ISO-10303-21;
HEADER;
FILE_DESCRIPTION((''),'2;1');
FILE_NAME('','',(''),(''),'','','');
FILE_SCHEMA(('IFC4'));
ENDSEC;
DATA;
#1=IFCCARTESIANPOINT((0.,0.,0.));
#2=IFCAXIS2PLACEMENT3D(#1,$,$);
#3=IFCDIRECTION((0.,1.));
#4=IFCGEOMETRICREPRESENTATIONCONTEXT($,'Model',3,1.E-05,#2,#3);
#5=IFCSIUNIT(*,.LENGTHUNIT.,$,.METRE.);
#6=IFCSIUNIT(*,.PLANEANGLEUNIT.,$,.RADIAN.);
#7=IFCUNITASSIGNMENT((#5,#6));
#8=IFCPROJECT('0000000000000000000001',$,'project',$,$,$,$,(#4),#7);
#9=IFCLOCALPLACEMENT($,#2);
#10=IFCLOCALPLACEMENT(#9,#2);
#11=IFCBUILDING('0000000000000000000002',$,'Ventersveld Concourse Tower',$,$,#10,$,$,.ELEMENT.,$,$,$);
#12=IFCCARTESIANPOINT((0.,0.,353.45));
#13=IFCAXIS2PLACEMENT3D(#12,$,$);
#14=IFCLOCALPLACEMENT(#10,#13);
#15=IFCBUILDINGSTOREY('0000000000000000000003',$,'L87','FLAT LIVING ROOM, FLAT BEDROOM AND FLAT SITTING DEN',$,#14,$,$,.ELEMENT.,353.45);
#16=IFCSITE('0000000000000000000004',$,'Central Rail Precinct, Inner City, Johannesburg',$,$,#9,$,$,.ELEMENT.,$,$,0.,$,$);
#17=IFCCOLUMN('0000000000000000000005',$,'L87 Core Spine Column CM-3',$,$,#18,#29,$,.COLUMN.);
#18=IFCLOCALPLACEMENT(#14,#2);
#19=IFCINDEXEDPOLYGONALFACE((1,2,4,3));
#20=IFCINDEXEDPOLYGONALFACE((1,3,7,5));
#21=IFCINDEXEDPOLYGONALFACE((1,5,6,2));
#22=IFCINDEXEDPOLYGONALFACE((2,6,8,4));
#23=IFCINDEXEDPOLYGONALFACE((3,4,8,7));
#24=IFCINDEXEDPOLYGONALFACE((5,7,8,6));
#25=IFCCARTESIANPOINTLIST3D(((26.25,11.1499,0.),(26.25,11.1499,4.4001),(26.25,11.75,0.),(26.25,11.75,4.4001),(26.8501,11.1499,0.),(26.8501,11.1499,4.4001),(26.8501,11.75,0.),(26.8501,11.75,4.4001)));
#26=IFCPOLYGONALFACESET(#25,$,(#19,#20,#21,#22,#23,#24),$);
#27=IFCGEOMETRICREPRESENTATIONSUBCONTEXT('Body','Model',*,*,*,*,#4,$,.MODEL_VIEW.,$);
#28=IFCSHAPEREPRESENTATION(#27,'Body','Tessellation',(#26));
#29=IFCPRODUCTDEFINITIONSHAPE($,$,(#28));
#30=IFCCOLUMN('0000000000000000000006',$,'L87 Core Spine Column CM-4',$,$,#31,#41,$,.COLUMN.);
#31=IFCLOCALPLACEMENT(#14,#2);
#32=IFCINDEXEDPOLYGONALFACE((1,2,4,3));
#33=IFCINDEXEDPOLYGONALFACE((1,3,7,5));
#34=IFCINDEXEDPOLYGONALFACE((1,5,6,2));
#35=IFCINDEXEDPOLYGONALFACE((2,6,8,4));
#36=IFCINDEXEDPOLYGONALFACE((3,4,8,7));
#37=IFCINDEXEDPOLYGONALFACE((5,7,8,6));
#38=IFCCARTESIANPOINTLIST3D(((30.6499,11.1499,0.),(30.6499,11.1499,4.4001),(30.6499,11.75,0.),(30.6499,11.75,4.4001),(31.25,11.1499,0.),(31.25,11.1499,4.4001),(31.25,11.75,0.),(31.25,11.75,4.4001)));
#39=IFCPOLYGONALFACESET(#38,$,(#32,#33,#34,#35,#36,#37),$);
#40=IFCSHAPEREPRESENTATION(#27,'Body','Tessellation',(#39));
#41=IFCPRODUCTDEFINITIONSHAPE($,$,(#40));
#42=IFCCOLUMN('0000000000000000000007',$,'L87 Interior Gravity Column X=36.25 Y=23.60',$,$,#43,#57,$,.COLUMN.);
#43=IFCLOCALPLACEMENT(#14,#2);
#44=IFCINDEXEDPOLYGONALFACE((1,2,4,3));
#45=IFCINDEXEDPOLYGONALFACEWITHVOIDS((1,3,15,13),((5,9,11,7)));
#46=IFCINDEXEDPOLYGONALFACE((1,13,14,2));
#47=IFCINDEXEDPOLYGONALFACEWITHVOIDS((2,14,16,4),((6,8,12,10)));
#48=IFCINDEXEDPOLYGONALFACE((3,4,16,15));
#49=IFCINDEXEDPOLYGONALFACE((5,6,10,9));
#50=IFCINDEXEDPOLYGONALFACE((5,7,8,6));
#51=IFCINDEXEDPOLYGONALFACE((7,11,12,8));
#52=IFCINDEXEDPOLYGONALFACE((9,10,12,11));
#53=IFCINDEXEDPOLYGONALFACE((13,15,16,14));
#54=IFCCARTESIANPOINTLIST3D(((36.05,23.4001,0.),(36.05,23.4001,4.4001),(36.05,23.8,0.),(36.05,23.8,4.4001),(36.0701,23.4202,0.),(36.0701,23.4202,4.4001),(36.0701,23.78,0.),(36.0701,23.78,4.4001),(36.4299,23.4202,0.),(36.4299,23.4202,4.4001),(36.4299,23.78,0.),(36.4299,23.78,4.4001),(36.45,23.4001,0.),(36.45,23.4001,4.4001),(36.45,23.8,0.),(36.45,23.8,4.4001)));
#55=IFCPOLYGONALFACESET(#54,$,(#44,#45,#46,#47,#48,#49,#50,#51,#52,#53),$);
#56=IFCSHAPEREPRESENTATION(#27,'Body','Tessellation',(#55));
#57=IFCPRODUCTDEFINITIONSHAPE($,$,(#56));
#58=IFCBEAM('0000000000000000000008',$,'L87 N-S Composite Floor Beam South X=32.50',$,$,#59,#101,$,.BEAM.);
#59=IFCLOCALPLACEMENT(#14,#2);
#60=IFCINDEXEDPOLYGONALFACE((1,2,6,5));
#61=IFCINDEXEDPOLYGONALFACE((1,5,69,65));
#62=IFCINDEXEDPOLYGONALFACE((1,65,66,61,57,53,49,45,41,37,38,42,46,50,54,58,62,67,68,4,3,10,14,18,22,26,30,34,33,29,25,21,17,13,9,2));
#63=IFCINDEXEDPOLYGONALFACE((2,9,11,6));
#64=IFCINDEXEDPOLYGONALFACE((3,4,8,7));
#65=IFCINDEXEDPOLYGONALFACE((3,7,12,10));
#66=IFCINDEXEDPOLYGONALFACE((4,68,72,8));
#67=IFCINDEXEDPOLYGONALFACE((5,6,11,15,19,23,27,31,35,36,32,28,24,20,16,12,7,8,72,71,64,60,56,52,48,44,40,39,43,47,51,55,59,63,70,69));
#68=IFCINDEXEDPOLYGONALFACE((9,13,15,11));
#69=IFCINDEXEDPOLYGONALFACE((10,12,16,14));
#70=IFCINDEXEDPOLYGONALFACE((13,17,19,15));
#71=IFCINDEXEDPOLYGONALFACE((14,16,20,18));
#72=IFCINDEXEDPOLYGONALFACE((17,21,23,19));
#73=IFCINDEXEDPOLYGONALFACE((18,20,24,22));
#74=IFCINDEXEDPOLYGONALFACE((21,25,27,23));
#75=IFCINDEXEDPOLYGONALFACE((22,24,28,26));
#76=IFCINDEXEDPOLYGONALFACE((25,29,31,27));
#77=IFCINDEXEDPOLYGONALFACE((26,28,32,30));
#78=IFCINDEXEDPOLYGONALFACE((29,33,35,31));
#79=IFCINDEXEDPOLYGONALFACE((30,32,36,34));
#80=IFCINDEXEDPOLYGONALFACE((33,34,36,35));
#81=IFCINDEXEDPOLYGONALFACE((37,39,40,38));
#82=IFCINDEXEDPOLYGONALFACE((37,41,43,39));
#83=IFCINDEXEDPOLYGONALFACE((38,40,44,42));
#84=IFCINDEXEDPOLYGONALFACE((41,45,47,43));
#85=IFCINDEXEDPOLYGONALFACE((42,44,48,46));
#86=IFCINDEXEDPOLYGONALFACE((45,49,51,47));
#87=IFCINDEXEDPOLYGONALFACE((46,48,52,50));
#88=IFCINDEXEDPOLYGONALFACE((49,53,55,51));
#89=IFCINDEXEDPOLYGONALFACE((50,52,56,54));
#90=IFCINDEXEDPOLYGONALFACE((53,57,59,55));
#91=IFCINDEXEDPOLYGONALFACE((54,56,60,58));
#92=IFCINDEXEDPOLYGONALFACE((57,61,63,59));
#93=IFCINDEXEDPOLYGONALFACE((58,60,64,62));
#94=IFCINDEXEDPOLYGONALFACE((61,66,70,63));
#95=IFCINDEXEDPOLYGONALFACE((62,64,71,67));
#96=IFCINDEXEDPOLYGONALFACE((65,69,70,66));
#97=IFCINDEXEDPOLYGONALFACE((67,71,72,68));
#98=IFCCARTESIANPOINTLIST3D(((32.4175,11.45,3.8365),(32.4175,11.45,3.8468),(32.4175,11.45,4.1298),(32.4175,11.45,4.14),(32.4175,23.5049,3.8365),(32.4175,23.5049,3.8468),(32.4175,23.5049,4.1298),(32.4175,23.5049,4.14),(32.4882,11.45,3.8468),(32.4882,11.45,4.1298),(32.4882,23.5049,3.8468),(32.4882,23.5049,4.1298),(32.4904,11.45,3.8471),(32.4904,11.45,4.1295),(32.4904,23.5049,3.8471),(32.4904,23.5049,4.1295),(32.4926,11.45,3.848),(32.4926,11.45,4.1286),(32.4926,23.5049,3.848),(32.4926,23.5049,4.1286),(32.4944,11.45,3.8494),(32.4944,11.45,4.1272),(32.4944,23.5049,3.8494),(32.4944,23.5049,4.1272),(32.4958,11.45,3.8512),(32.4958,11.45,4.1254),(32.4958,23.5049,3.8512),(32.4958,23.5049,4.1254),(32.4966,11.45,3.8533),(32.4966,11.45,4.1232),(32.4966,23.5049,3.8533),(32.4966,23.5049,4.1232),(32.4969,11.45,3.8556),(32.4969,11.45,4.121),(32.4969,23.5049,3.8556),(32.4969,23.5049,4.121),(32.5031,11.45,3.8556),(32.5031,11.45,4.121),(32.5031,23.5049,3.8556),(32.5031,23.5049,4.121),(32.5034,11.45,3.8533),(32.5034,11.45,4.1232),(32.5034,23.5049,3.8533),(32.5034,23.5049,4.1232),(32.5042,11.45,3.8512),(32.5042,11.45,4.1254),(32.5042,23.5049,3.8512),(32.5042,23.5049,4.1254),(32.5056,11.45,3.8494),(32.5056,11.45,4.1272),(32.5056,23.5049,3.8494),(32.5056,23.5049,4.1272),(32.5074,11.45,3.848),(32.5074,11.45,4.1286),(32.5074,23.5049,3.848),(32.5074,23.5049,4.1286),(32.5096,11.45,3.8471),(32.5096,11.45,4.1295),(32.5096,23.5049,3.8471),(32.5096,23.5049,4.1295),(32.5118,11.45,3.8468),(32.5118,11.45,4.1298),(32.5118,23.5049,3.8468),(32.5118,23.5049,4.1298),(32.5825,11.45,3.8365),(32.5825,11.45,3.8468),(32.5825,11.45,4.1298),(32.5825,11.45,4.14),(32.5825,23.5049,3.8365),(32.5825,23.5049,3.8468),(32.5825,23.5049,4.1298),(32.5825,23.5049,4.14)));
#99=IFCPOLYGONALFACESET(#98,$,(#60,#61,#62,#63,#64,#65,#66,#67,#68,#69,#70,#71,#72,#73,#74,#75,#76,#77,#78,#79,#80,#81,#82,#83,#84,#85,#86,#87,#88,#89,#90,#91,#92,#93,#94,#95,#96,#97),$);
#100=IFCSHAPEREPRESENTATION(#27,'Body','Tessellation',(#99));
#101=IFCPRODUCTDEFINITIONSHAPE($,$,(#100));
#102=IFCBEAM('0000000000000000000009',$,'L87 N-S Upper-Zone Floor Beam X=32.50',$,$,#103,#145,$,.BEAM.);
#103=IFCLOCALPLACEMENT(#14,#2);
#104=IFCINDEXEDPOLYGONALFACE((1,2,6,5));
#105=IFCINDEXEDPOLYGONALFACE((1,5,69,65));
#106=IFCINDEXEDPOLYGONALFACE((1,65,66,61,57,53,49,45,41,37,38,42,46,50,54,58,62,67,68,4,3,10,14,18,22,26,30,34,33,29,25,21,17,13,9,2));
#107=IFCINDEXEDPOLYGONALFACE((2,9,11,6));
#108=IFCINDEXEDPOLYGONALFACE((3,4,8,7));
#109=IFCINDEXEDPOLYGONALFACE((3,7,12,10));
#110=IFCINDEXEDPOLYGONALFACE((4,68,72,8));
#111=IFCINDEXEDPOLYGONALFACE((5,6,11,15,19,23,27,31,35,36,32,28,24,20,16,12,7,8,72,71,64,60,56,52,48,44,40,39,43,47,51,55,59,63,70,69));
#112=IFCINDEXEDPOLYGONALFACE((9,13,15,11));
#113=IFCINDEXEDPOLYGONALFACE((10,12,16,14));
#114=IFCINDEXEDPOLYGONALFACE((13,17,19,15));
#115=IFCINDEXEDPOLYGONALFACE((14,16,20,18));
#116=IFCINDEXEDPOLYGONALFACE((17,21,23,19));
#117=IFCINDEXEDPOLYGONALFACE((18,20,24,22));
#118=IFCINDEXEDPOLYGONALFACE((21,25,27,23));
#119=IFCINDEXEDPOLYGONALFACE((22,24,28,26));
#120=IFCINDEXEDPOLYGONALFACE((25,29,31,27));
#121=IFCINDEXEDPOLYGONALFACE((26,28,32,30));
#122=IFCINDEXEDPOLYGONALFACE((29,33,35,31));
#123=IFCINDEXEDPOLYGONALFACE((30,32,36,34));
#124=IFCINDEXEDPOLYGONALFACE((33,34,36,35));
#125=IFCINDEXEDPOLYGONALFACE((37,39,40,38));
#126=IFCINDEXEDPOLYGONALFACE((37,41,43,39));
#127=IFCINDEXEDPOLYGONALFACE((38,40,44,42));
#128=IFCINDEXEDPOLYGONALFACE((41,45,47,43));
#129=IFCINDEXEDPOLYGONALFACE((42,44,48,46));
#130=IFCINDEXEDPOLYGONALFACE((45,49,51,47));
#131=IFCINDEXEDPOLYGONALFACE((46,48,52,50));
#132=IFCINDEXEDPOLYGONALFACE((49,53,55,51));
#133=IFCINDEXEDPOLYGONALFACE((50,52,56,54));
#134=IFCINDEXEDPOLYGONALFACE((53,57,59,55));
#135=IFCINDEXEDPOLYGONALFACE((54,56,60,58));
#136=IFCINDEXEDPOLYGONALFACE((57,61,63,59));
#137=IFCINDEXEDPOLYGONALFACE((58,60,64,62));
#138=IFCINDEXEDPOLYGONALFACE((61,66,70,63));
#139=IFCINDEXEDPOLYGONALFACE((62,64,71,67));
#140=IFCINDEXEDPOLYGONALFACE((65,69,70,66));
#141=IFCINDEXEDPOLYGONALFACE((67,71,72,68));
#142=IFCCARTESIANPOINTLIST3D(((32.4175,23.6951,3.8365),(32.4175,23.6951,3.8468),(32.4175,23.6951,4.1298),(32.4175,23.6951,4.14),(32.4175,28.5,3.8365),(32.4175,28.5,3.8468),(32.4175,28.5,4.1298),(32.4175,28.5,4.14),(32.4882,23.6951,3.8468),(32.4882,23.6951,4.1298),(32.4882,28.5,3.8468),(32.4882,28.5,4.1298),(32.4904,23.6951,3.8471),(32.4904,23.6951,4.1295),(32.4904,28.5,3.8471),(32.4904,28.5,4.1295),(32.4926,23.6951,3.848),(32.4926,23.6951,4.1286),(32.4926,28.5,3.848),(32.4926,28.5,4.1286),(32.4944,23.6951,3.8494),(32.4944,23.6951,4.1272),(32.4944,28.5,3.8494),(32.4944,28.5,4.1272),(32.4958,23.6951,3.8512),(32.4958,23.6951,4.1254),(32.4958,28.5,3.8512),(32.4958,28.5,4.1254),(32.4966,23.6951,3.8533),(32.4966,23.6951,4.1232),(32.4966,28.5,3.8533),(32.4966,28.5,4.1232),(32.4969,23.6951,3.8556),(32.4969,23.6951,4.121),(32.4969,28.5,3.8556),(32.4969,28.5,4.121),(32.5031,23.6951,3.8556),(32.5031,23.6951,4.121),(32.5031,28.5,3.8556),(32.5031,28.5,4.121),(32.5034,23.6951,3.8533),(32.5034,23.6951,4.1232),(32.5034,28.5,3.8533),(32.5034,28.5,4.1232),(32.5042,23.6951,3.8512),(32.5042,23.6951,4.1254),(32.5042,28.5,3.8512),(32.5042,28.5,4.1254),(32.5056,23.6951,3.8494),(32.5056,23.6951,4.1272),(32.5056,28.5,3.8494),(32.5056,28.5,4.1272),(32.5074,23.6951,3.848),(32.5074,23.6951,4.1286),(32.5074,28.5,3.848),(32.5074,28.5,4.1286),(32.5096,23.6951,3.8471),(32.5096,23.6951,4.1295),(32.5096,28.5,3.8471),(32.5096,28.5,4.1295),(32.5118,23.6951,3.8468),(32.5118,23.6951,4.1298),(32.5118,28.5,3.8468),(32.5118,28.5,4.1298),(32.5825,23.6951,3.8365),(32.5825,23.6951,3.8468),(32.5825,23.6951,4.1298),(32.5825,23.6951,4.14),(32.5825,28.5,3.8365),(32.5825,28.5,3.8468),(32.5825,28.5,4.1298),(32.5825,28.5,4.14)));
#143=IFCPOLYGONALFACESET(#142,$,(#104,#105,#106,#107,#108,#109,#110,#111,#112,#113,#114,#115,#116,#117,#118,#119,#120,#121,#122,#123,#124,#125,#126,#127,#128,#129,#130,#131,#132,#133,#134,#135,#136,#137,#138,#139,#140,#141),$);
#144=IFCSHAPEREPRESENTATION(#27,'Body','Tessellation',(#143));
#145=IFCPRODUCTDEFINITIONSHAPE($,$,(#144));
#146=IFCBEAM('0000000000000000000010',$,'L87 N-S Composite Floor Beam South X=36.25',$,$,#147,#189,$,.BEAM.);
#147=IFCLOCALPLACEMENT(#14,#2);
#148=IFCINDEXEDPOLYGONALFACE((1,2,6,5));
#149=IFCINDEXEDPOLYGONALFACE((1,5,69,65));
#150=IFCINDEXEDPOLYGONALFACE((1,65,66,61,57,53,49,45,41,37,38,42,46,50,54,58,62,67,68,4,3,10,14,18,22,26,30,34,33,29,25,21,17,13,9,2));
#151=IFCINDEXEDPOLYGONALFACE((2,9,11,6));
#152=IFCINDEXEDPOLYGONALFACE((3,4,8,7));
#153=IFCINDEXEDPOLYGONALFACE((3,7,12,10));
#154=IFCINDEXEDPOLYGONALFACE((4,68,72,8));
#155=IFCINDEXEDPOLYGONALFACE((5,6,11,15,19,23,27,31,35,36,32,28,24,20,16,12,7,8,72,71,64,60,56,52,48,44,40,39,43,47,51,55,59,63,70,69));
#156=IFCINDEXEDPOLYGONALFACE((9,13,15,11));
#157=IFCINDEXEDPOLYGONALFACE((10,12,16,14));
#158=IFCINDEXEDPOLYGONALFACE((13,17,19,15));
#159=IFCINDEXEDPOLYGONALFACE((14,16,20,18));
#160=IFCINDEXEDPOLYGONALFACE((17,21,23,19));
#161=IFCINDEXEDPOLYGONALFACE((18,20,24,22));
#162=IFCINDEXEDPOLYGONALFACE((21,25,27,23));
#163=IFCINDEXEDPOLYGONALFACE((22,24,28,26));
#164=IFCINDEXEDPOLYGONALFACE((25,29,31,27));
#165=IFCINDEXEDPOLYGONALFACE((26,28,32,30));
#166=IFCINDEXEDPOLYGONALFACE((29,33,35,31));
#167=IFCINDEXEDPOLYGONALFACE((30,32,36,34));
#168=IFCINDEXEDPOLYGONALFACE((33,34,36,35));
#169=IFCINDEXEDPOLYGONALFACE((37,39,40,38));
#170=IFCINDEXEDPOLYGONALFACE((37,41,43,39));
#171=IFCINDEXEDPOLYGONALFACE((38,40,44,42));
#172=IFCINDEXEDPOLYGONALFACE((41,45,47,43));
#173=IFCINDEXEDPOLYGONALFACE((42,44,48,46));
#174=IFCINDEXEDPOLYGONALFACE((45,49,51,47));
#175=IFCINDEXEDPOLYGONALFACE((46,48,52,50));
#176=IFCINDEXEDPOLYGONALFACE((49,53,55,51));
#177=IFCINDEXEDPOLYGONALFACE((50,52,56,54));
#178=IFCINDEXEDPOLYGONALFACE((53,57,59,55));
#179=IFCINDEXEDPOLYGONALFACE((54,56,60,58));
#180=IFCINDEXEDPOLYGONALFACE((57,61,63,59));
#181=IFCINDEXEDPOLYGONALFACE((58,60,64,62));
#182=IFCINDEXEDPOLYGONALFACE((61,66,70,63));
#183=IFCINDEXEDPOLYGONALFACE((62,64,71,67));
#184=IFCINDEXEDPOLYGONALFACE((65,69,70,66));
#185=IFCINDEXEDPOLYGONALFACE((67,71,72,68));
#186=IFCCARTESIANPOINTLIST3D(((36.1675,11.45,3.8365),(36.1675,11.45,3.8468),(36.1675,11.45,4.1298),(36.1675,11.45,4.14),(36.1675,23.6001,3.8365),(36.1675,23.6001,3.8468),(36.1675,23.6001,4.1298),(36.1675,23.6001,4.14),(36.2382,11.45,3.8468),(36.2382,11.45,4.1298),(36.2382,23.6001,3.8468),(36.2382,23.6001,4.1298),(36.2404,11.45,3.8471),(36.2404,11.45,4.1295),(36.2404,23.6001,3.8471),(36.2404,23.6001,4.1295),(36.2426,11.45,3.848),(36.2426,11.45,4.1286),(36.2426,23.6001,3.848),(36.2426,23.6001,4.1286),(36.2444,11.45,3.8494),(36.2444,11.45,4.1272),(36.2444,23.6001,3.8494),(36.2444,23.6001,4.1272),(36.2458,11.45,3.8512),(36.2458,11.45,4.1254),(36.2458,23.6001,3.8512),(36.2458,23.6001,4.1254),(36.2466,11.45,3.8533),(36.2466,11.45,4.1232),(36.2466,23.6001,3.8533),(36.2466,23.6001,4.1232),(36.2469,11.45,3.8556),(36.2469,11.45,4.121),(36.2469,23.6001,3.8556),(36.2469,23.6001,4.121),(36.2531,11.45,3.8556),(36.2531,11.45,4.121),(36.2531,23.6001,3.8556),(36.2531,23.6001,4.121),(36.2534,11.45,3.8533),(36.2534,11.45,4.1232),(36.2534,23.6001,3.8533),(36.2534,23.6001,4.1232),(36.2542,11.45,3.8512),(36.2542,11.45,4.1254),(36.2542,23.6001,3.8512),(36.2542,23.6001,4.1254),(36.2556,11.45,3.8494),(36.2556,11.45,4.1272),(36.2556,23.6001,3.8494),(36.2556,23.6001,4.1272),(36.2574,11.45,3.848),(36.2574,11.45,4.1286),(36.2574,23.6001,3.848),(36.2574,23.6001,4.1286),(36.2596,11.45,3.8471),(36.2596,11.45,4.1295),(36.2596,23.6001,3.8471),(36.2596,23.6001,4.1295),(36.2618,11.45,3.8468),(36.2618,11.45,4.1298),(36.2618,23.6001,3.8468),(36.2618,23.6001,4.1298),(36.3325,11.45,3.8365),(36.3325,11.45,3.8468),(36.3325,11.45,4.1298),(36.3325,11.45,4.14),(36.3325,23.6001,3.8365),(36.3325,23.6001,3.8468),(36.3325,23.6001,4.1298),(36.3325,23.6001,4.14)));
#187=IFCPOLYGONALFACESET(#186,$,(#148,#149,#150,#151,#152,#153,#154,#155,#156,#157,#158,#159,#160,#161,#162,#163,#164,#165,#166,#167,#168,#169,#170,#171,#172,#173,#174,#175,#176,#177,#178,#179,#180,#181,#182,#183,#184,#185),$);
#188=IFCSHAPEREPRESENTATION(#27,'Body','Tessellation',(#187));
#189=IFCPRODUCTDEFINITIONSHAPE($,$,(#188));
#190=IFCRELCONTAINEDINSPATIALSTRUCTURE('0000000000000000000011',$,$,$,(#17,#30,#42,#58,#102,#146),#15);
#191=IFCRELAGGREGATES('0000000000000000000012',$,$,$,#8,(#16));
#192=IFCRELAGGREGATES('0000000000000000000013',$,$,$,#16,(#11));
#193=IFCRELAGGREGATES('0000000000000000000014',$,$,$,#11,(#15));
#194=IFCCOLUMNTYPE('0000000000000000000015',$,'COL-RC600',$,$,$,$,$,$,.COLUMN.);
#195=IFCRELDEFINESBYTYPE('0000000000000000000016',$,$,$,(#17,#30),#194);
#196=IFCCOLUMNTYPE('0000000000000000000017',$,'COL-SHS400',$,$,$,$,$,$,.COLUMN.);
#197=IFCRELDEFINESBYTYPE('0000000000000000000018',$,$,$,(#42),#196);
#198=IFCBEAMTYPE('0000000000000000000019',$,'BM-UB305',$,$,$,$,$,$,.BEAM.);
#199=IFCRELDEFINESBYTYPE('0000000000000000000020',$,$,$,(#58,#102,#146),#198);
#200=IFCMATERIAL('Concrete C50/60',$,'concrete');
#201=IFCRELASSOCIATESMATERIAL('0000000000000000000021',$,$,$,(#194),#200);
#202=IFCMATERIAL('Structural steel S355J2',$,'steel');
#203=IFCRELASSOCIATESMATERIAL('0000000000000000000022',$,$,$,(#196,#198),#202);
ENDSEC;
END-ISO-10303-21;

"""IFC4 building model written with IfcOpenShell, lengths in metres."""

from ifc_helpers import new_model, si_unit, direction, frame, origin, origin_2d, place, context, subcontext, project, spatial, rectangle, hollow_rectangle, i_section, extrude, material, material_profile, profile_set, type_object, element, save


model = new_model("IFC4")

# Units and contexts
model_context = context("Model", 3, precision=1e-05, world=origin(), true_north=direction((0.0, 1.0)))
body_context = subcontext(model_context, "Body", "Model", "MODEL_VIEW")
ifc_project = project(units=[si_unit("LENGTHUNIT", "METRE"), si_unit("PLANEANGLEUNIT", "RADIAN")], contexts=[model_context])

# Site, building, storey
site_placement = place(None, origin())
site = spatial("IfcSite", under=ifc_project, at=site_placement, Name="Central Rail Precinct, Inner City, Johannesburg", CompositionType="ELEMENT", RefElevation=0.0)
building_placement = place(site_placement, origin())
building = spatial("IfcBuilding", under=site, at=building_placement, Name="Ventersveld Concourse Tower", CompositionType="ELEMENT")
storey_placement = place(building_placement, frame((0.0, 0.0, 353.45)))
storey = spatial("IfcBuildingStorey", under=building, at=storey_placement, Name="L87", Description="FLAT LIVING ROOM, FLAT BEDROOM AND FLAT SITTING DEN", CompositionType="ELEMENT", Elevation=353.45)

# Columns
ifc_material_1 = material(Name="Concrete C50/60", Category="concrete")
ifc_material_profile_1 = material_profile(ifc_material_1, rectangle(XDim=0.6001, YDim=0.6001, at=origin_2d()), Name="RC 600x600")
ifc_profile_set_1 = profile_set([ifc_material_profile_1], Name="Concrete C50/60")
column_type_1 = type_object("IfcColumnType", Name="COL-RC600", PredefinedType="COLUMN", material=ifc_profile_set_1)
for number, where, z_axis, x_axis, name in (
    (1, (26.55, 11.45, 0.0), (0.0, 0.0, 1.0), (1.0, 0.0, 0.0), "L87 Core Spine Column CM-3"),
    (2, (30.95, 11.45, 0.0), (0.0, 0.0, 1.0), (1.0, 0.0, 0.0), "L87 Core Spine Column CM-4"),
):
    element("IfcColumn", number, at=place(storey_placement, frame(where, z_axis=z_axis, x_axis=x_axis)), inside=storey, type_object=column_type_1, Name=name, PredefinedType="COLUMN", context=body_context, shape_type="SweptSolid", body=[
        extrude(rectangle(XDim=0.6001, YDim=0.6001, at=origin_2d()), origin(), (0.0, 0.0, 1.0), 4.4001),
    ])
ifc_material_2 = material(Name="Structural steel S355J2", Category="steel")
ifc_material_profile_2 = material_profile(ifc_material_2, hollow_rectangle(XDim=0.3999, YDim=0.3999, WallThickness=0.02, at=origin_2d()), Name="SHS 400x400x20")
ifc_profile_set_2 = profile_set([ifc_material_profile_2], Name="Structural steel S355J2")
column_type_2 = type_object("IfcColumnType", Name="COL-SHS400", PredefinedType="COLUMN", material=ifc_profile_set_2)
column_placement = place(storey_placement, frame((36.25, 23.6001, 0.0), z_axis=(0.0, 0.0, 1.0), x_axis=(1.0, 0.0, 0.0)))
element("IfcColumn", 3, at=column_placement, inside=storey, type_object=column_type_2, Name="L87 Interior Gravity Column X=36.25 Y=23.60", PredefinedType="COLUMN", context=body_context, shape_type="SweptSolid", body=[
    extrude(hollow_rectangle(XDim=0.3999, YDim=0.3999, WallThickness=0.02, at=origin_2d()), origin(), (0.0, 0.0, 1.0), 4.4001),
])

# Beams
ifc_material_profile_3 = material_profile(ifc_material_2, i_section(OverallWidth=0.165, OverallDepth=0.3035, WebThickness=0.0061, FlangeThickness=0.0103, FilletRadius=0.0088, at=origin_2d()), Name="UB 305x165x40")
ifc_profile_set_3 = profile_set([ifc_material_profile_3], Name="Structural steel S355J2")
beam_type_1 = type_object("IfcBeamType", Name="BM-UB305", PredefinedType="BEAM", material=ifc_profile_set_3)
beam_1_placement = place(storey_placement, frame((32.5, 11.45, 3.9883), z_axis=(0.0, 1.0, 0.0), x_axis=(-1.0, 0.0, 0.0)))
element("IfcBeam", 4, at=beam_1_placement, inside=storey, type_object=beam_type_1, Name="L87 N-S Composite Floor Beam South X=32.50", PredefinedType="BEAM", context=body_context, shape_type="SweptSolid", body=[
    extrude(i_section(OverallWidth=0.165, OverallDepth=0.3035, WebThickness=0.0061, FlangeThickness=0.0103, FilletRadius=0.0088, at=origin_2d()), origin(), (0.0, 0.0, 1.0), 12.0549),
])
beam_2_placement = place(storey_placement, frame((32.5, 23.6951, 3.9883), z_axis=(0.0, 1.0, 0.0), x_axis=(-1.0, 0.0, 0.0)))
element("IfcBeam", 5, at=beam_2_placement, inside=storey, type_object=beam_type_1, Name="L87 N-S Upper-Zone Floor Beam X=32.50", PredefinedType="BEAM", context=body_context, shape_type="SweptSolid", body=[
    extrude(i_section(OverallWidth=0.165, OverallDepth=0.3035, WebThickness=0.0061, FlangeThickness=0.0103, FilletRadius=0.0088, at=origin_2d()), origin(), (0.0, 0.0, 1.0), 4.8049),
])
beam_3_placement = place(storey_placement, frame((36.25, 11.45, 3.9883), z_axis=(0.0, 1.0, 0.0), x_axis=(-1.0, 0.0, 0.0)))
element("IfcBeam", 6, at=beam_3_placement, inside=storey, type_object=beam_type_1, Name="L87 N-S Composite Floor Beam South X=36.25", PredefinedType="BEAM", context=body_context, shape_type="SweptSolid", body=[
    extrude(i_section(OverallWidth=0.165, OverallDepth=0.3035, WebThickness=0.0061, FlangeThickness=0.0103, FilletRadius=0.0088, at=origin_2d()), origin(), (0.0, 0.0, 1.0), 12.1501),
])

save(model, "model.ifc")
